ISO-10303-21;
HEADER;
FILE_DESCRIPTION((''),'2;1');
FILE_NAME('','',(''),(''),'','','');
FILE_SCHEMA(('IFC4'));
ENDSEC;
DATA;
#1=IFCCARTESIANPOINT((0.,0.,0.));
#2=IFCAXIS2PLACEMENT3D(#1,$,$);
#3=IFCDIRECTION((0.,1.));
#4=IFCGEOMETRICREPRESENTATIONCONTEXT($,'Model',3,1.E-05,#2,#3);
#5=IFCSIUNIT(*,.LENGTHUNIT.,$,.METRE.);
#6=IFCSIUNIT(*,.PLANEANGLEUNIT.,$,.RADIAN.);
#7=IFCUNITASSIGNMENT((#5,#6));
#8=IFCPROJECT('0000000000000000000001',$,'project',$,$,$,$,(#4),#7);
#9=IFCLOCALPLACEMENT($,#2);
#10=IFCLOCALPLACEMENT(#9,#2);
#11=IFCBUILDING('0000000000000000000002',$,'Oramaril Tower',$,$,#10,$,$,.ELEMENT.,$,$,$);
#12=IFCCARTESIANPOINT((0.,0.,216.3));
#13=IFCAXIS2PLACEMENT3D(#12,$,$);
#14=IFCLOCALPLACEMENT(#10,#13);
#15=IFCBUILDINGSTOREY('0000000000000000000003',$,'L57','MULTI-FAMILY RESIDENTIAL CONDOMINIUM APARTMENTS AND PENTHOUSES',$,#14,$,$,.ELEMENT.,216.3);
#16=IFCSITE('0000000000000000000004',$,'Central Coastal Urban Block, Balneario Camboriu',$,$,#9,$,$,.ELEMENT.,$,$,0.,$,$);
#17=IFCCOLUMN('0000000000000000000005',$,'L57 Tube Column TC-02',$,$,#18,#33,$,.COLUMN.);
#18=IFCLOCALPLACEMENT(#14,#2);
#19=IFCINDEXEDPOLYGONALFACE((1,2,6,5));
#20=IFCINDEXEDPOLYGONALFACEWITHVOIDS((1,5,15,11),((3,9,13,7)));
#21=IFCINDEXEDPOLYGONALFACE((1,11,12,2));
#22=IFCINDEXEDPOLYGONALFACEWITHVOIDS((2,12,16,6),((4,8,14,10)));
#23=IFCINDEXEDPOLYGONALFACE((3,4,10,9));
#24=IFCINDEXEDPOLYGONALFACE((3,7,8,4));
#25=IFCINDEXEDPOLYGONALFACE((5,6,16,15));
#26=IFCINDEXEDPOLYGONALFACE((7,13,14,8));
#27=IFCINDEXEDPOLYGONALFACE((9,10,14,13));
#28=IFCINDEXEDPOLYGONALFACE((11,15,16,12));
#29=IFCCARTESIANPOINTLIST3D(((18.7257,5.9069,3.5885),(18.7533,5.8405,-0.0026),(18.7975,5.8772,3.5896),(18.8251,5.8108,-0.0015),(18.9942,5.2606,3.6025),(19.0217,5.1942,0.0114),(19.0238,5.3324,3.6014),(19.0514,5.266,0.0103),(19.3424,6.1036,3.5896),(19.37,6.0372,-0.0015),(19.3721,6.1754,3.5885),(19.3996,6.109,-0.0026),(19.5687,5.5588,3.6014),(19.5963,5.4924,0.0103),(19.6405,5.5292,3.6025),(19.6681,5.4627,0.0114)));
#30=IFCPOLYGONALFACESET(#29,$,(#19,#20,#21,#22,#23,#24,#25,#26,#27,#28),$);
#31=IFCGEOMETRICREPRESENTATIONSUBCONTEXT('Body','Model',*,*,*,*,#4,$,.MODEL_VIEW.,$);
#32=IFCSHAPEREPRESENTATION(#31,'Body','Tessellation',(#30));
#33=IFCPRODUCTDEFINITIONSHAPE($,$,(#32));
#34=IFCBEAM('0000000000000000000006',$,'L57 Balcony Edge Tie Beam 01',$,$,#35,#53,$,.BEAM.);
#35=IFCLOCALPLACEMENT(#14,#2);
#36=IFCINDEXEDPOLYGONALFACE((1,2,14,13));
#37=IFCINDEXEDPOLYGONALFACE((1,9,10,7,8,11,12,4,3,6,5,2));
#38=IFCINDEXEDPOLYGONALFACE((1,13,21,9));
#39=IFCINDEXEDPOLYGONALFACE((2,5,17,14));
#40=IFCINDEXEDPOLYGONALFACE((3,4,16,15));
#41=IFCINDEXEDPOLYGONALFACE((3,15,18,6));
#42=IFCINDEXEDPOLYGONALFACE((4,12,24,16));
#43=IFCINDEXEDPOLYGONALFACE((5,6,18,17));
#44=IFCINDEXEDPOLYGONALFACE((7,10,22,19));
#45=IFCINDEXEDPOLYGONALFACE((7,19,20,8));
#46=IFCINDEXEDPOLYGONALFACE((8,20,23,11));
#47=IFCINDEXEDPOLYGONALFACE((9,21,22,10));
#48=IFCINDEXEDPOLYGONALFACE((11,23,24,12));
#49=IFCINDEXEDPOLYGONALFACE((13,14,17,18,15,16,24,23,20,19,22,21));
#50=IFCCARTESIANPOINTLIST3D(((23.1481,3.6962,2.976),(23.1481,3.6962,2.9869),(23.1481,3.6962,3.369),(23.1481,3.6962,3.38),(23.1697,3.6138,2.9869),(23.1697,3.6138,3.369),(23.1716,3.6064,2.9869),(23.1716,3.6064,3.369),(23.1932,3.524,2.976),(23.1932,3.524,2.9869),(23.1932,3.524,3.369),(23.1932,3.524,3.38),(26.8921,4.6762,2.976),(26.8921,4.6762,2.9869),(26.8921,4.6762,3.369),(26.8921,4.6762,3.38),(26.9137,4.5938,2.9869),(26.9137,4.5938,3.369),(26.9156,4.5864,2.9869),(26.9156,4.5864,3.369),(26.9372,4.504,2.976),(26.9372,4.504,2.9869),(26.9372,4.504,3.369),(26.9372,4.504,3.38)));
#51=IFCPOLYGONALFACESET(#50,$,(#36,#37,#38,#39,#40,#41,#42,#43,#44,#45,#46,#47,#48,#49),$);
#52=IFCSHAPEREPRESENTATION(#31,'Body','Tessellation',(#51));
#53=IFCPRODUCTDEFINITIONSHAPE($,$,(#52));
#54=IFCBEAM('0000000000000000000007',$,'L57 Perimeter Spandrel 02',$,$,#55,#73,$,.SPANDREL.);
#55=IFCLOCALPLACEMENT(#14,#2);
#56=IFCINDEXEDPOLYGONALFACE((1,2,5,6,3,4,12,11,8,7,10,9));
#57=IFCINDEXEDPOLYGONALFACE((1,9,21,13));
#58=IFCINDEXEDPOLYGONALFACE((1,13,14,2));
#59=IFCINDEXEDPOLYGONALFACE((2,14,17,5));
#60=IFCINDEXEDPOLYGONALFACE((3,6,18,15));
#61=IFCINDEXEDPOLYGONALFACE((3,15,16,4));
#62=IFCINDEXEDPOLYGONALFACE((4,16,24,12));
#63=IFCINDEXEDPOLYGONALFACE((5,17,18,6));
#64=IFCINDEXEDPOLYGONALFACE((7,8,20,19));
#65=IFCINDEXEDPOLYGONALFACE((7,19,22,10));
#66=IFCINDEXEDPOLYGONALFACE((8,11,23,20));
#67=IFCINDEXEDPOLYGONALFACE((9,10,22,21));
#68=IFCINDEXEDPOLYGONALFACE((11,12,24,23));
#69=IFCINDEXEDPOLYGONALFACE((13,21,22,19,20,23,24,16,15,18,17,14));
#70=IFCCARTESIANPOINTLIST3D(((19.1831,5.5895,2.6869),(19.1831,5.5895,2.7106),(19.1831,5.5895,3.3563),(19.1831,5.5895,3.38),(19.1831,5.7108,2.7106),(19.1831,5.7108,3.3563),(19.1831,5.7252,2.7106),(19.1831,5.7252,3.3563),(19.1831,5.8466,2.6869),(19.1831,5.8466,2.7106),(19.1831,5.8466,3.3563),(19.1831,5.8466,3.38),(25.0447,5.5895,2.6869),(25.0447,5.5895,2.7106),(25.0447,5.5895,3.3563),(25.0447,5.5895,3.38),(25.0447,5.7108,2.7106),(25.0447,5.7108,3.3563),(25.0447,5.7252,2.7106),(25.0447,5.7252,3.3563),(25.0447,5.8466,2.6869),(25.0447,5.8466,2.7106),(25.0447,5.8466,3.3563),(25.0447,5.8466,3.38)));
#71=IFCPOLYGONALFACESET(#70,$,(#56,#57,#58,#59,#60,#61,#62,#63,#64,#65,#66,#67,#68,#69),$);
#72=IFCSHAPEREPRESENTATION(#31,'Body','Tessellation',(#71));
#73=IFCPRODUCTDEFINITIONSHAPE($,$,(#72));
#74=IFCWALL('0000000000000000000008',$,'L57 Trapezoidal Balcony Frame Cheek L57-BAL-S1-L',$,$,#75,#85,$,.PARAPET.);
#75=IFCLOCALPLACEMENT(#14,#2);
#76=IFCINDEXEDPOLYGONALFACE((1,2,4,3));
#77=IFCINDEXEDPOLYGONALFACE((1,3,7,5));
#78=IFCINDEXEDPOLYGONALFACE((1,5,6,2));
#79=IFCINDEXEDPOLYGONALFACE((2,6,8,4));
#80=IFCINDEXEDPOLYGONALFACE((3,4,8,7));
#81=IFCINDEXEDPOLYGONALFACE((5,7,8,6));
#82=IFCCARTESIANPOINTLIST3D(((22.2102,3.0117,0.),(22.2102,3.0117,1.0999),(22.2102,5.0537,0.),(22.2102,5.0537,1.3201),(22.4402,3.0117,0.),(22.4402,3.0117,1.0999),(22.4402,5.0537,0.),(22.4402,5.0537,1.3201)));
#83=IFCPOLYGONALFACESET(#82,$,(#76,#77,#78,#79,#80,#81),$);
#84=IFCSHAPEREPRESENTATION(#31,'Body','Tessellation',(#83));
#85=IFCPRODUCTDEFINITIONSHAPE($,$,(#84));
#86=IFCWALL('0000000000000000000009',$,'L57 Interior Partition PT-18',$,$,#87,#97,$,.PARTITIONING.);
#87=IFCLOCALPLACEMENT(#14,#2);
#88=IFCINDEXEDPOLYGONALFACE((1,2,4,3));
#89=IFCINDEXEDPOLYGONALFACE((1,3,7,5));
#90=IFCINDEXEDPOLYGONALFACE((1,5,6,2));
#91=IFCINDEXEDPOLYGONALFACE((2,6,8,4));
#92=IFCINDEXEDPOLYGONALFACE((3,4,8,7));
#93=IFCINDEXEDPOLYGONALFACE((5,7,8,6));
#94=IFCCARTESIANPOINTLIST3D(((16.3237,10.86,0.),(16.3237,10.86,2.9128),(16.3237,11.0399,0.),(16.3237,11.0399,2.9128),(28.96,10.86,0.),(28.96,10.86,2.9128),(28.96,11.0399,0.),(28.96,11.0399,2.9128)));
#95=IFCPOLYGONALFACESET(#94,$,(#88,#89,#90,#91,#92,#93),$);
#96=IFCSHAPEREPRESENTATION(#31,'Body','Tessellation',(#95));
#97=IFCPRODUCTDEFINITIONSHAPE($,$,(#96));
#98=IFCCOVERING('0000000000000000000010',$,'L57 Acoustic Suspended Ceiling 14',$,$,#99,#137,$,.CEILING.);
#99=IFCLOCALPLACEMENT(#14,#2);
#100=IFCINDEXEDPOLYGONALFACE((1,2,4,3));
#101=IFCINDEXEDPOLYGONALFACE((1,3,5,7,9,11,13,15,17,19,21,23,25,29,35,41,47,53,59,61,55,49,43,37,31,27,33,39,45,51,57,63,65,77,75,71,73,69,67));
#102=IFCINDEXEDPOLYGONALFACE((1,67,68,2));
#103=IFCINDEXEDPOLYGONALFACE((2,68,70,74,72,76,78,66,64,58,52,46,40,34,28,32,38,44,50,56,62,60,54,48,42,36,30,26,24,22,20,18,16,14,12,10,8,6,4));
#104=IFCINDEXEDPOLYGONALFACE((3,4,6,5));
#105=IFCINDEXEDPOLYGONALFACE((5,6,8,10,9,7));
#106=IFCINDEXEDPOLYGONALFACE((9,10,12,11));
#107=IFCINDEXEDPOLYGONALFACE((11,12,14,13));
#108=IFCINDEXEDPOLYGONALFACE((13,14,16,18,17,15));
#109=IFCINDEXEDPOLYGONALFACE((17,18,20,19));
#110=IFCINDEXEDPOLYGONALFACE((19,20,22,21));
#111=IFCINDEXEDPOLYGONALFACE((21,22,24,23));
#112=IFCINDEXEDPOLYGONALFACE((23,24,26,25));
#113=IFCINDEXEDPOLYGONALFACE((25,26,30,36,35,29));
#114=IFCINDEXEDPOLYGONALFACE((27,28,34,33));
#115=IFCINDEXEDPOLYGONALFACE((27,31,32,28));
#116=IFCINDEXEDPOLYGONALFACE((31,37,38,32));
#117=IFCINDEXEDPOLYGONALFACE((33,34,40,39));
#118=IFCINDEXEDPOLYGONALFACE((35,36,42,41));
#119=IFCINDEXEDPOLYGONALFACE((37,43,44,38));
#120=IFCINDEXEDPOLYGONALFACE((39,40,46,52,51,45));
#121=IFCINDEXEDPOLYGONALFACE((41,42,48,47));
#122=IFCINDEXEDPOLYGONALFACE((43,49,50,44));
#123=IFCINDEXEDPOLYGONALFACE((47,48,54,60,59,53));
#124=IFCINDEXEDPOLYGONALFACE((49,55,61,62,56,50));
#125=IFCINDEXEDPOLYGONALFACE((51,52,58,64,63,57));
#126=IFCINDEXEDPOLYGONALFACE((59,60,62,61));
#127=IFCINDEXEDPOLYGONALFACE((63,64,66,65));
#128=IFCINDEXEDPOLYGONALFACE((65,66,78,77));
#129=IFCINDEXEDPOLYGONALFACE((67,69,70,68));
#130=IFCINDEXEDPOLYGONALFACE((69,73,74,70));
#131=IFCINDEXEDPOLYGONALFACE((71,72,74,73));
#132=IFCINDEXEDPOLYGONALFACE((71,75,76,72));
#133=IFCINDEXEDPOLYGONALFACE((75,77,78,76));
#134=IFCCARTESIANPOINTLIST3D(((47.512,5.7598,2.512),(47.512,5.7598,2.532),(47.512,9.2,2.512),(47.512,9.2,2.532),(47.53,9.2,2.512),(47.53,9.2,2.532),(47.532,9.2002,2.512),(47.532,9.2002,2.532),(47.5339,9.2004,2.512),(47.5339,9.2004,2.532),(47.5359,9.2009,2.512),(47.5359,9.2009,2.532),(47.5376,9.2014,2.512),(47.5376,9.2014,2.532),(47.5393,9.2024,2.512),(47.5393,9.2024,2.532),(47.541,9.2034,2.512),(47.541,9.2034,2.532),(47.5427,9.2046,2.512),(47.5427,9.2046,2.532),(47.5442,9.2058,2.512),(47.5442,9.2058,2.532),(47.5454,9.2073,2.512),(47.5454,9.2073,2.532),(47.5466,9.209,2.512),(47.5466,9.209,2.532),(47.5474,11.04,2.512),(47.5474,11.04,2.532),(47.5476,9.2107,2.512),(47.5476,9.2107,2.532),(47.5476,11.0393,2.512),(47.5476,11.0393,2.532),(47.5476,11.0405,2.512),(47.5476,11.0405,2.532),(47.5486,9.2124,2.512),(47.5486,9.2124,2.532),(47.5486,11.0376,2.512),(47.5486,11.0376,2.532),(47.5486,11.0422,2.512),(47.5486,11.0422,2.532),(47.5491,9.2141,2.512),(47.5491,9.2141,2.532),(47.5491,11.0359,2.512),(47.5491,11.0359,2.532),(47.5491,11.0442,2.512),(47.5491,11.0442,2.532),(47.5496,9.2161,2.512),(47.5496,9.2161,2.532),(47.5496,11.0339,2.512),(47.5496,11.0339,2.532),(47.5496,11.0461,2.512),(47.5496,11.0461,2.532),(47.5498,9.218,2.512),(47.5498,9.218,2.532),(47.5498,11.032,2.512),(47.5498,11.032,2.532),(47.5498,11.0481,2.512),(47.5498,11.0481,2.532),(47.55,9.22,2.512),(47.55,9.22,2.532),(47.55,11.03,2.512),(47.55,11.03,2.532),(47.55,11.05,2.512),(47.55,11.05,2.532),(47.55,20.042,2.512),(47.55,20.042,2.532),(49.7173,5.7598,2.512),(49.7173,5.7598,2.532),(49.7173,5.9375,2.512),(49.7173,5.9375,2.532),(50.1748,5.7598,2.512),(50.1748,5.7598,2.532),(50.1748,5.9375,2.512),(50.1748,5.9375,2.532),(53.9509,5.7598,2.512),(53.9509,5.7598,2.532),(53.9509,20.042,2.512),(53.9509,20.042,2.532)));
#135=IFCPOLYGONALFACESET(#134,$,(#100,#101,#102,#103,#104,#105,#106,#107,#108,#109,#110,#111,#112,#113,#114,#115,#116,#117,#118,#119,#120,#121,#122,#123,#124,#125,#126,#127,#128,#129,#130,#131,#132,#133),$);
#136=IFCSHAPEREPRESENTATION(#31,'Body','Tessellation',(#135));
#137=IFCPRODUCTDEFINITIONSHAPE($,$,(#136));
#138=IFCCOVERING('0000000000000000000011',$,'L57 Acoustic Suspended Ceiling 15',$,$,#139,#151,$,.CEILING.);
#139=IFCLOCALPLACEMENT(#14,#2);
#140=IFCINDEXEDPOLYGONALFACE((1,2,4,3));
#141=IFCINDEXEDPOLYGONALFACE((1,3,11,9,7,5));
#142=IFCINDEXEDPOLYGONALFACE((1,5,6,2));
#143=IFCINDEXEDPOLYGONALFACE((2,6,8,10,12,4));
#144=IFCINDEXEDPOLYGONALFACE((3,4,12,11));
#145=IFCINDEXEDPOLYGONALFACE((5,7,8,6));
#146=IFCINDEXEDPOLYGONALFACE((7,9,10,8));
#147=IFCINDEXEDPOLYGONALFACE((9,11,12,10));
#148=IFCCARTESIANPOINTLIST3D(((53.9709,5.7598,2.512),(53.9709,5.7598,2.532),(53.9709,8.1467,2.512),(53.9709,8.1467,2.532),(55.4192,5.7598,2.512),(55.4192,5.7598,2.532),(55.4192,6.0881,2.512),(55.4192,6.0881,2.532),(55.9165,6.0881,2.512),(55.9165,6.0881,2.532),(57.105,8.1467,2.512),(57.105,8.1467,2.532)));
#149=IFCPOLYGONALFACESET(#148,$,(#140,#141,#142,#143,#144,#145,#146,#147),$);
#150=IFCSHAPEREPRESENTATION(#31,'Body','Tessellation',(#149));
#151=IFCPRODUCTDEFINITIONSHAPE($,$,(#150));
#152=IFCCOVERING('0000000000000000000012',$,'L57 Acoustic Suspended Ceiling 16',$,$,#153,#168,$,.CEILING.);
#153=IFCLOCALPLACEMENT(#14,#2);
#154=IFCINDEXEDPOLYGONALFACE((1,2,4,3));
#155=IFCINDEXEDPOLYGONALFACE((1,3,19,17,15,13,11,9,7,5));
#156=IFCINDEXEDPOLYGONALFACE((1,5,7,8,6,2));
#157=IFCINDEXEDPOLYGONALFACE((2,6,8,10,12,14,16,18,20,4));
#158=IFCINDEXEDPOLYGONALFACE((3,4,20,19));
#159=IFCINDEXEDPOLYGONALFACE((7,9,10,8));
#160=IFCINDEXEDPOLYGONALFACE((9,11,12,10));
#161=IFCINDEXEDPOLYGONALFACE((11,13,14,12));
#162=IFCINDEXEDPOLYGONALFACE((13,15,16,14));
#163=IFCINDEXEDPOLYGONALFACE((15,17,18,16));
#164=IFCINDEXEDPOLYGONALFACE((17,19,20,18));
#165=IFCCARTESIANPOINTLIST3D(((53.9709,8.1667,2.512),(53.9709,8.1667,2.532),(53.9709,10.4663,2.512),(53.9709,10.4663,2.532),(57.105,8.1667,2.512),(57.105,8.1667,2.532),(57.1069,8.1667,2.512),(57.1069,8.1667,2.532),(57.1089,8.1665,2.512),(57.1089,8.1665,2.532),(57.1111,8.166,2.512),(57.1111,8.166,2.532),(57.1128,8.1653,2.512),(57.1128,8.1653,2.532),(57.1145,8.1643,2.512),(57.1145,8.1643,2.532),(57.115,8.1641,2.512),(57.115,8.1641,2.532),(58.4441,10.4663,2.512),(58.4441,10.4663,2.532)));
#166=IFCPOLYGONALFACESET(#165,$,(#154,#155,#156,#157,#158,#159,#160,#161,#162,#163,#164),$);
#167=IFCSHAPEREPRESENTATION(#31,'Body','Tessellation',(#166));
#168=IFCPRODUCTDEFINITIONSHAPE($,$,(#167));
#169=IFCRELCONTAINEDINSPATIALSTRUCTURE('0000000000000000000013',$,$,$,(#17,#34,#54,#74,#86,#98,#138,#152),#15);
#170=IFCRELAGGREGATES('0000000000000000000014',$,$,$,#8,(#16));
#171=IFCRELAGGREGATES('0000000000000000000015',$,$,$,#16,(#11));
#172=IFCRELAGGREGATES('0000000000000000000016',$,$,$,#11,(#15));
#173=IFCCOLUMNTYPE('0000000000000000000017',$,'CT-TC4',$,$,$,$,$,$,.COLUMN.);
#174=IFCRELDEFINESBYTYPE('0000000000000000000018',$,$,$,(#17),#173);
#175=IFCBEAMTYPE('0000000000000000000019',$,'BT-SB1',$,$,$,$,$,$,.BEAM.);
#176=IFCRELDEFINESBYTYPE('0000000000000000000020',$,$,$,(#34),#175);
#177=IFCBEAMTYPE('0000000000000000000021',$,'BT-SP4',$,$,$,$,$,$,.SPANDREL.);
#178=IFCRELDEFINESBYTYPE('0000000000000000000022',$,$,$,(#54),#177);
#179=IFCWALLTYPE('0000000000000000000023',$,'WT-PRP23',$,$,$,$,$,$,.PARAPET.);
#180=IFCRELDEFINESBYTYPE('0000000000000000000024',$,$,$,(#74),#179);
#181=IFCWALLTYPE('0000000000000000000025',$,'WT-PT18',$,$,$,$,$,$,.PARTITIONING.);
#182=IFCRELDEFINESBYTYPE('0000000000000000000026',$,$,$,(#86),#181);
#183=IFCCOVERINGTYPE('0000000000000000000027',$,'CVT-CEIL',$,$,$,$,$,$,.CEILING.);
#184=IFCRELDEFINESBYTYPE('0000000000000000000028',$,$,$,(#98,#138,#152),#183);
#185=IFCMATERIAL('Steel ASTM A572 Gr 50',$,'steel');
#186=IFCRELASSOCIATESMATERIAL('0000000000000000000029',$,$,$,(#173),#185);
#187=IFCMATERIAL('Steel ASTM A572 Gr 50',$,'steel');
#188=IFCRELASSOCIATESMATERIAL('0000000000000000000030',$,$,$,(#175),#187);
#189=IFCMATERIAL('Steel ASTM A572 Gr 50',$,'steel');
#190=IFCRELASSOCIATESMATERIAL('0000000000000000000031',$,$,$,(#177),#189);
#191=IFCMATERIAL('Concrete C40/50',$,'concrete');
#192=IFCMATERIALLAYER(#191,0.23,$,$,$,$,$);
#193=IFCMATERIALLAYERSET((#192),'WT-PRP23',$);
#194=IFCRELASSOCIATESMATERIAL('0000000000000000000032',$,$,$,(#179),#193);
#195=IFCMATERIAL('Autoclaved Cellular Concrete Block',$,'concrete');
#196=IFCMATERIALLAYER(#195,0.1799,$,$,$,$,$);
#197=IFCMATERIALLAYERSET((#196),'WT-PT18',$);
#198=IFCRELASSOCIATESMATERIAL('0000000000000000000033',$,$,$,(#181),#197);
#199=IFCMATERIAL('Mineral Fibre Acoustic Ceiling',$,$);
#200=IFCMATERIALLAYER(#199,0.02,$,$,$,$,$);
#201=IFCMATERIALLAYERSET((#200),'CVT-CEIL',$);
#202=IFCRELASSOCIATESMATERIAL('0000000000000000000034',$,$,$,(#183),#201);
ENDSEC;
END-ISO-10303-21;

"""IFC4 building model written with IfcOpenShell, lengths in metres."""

from ifc_helpers import new_model, si_unit, direction, frame, frame_2d, origin, origin_2d, place, context, subcontext, project, spatial, polyline, rectangle, hollow_rectangle, i_section, outline, extrude, material, layer, layer_set, material_profile, profile_set, type_object, element, save


model = new_model("IFC4")

# Units and contexts
model_context = context("Model", 3, precision=1e-05, world=origin(), true_north=direction((0.0, 1.0)))
body_context = subcontext(model_context, "Body", "Model", "MODEL_VIEW")
ifc_project = project(units=[si_unit("LENGTHUNIT", "METRE"), si_unit("PLANEANGLEUNIT", "RADIAN")], contexts=[model_context])

# Site, building, storey
site_placement = place(None, origin())
site = spatial("IfcSite", under=ifc_project, at=site_placement, Name="Central Coastal Urban Block, Balneario Camboriu", CompositionType="ELEMENT", RefElevation=0.0)
building_placement = place(site_placement, origin())
building = spatial("IfcBuilding", under=site, at=building_placement, Name="Oramaril Tower", CompositionType="ELEMENT")
storey_placement = place(building_placement, frame((0.0, 0.0, 216.3)))
storey = spatial("IfcBuildingStorey", under=building, at=storey_placement, Name="L57", Description="MULTI-FAMILY RESIDENTIAL CONDOMINIUM APARTMENTS AND PENTHOUSES", CompositionType="ELEMENT", Elevation=216.3)

# Column
ifc_material_1 = material(Name="Steel ASTM A572 Gr 50", Category="steel")
ifc_material_profile_1 = material_profile(ifc_material_1, hollow_rectangle(XDim=0.7, YDim=0.7, WallThickness=0.0549, at=origin_2d()), Name="BOX700X700X55")
ifc_profile_set_1 = profile_set([ifc_material_profile_1], Name="Steel ASTM A572 Gr 50")
column_type = type_object("IfcColumnType", Name="CT-TC4", PredefinedType="COLUMN", material=ifc_profile_set_1)
column_placement = place(storey_placement, frame((19.2107, 5.6516, 0.0044), z_axis=(-0.007681, 0.018488, 0.9998), x_axis=(-0.923478, -0.383651, 0.0)))
element("IfcColumn", 1, at=column_placement, inside=storey, type_object=column_type, Name="L57 Tube Column TC-02", PredefinedType="COLUMN", context=body_context, shape_type="SweptSolid", body=[
    extrude(hollow_rectangle(XDim=0.7, YDim=0.7, WallThickness=0.0549, at=origin_2d()), origin(), (0.0, 0.0, 1.0), 3.5918),
])

# Beams
ifc_material_2 = material(Name="Steel ASTM A572 Gr 50", Category="steel")
ifc_material_profile_2 = material_profile(ifc_material_2, i_section(OverallWidth=0.178, OverallDepth=0.4041, WebThickness=0.0076, FlangeThickness=0.011, at=origin_2d()), Name="W16X36")
ifc_profile_set_2 = profile_set([ifc_material_profile_2], Name="Steel ASTM A572 Gr 50")
beam_type_1 = type_object("IfcBeamType", Name="BT-SB1", PredefinedType="BEAM", material=ifc_profile_set_2)
beam_1_placement = place(storey_placement, frame((23.1707, 3.6101, 3.178), z_axis=(0.967408, 0.253223, 0.0), x_axis=(-0.253223, 0.967408, 0.0)))
element("IfcBeam", 2, at=beam_1_placement, inside=storey, type_object=beam_type_1, Name="L57 Balcony Edge Tie Beam 01", PredefinedType="BEAM", context=body_context, shape_type="SweptSolid", body=[
    extrude(i_section(OverallWidth=0.178, OverallDepth=0.4041, WebThickness=0.0076, FlangeThickness=0.011, at=origin_2d()), origin(), (0.0, 0.0, 1.0), 3.8701),
])
ifc_material_3 = material(Name="Steel ASTM A572 Gr 50", Category="steel")
ifc_material_profile_3 = material_profile(ifc_material_3, i_section(OverallWidth=0.2571, OverallDepth=0.6931, WebThickness=0.0144, FlangeThickness=0.0237, at=origin_2d()), Name="W27X114")
ifc_profile_set_3 = profile_set([ifc_material_profile_3], Name="Steel ASTM A572 Gr 50")
beam_type_2 = type_object("IfcBeamType", Name="BT-SP4", PredefinedType="SPANDREL", material=ifc_profile_set_3)
beam_2_placement = place(storey_placement, frame((19.1831, 5.718, 3.0334), z_axis=(1.0, 0.0, 0.0), x_axis=(0.0, 1.0, 0.0)))
element("IfcBeam", 3, at=beam_2_placement, inside=storey, type_object=beam_type_2, Name="L57 Perimeter Spandrel 02", PredefinedType="SPANDREL", context=body_context, shape_type="SweptSolid", body=[
    extrude(i_section(OverallWidth=0.2571, OverallDepth=0.6931, WebThickness=0.0144, FlangeThickness=0.0237, at=origin_2d()), origin(), (0.0, 0.0, 1.0), 5.8616),
])

# Walls
ifc_material_4 = material(Name="Concrete C40/50", Category="concrete")
ifc_layer_1 = layer(ifc_material_4, 0.23)
ifc_layer_set_1 = layer_set([ifc_layer_1], Name="WT-PRP23")
wall_type_1 = type_object("IfcWallType", Name="WT-PRP23", PredefinedType="PARAPET", material=ifc_layer_set_1)
wall_1_placement = place(storey_placement, frame((22.3252, 5.0537, 0.0), z_axis=(0.0, 0.0, 1.0), x_axis=(0.0, -1.0, 0.0)))
element("IfcWall", 4, at=wall_1_placement, inside=storey, type_object=wall_type_1, Name="L57 Trapezoidal Balcony Frame Cheek L57-BAL-S1-L", PredefinedType="PARAPET", context=body_context, shape_type="SweptSolid", body=[
    extrude(outline(polyline([(0.0, 0.0), (2.042, 0.0), (2.042, 1.0999), (0.0, 1.3201), (0.0, 0.0)])), frame((0.0, 0.115, 0.0), z_axis=(0.0, -1.0, 0.0), x_axis=(1.0, 0.0, 0.0)), (0.0, 0.0, 1.0), 0.23),
])
ifc_material_5 = material(Name="Autoclaved Cellular Concrete Block", Category="concrete")
ifc_layer_2 = layer(ifc_material_5, 0.1799)
ifc_layer_set_2 = layer_set([ifc_layer_2], Name="WT-PT18")
wall_type_2 = type_object("IfcWallType", Name="WT-PT18", PredefinedType="PARTITIONING", material=ifc_layer_set_2)
wall_2_placement = place(storey_placement, frame((16.3237, 10.95, 0.0), z_axis=(0.0, 0.0, 1.0), x_axis=(1.0, 0.0, 0.0)))
element("IfcWall", 5, at=wall_2_placement, inside=storey, type_object=wall_type_2, Name="L57 Interior Partition PT-18", PredefinedType="PARTITIONING", context=body_context, shape_type="SweptSolid", body=[
    extrude(rectangle(XDim=12.6362, YDim=0.1799, at=frame_2d((6.3181, 0.0))), origin(), (0.0, 0.0, 1.0), 2.9128),
])

# Coverings
ifc_material_6 = material(Name="Mineral Fibre Acoustic Ceiling")
ifc_layer_3 = layer(ifc_material_6, 0.02)
ifc_layer_set_3 = layer_set([ifc_layer_3], Name="CVT-CEIL")
covering_type_1 = type_object("IfcCoveringType", Name="CVT-CEIL", PredefinedType="CEILING", material=ifc_layer_set_3)
covering_1_placement = place(storey_placement, frame((0.0, 0.0, 2.512)))
element("IfcCovering", 6, at=covering_1_placement, inside=storey, type_object=covering_type_1, Name="L57 Acoustic Suspended Ceiling 14", PredefinedType="CEILING", context=body_context, shape_type="SweptSolid", body=[
    extrude(outline(polyline([(53.9509, 20.042), (53.9509, 5.7598), (50.1748, 5.7598), (50.1748, 5.9375), (49.7173, 5.9375), (49.7173, 5.7598), (47.512, 5.7598), (47.512, 9.2), (47.53, 9.2), (47.532, 9.2002), (47.5339, 9.2004), (47.5359, 9.2009), (47.5376, 9.2014), (47.5393, 9.2024), (47.541, 9.2034), (47.5427, 9.2046), (47.5442, 9.2058), (47.5454, 9.2073), (47.5466, 9.209), (47.5476, 9.2107), (47.5486, 9.2124), (47.5491, 9.2141), (47.5496, 9.2161), (47.5498, 9.218), (47.55, 9.22), (47.55, 11.03), (47.5498, 11.032), (47.5496, 11.0339), (47.5491, 11.0359), (47.5486, 11.0376), (47.5476, 11.0393), (47.5474, 11.04), (47.5476, 11.0405), (47.5486, 11.0422), (47.5491, 11.0442), (47.5496, 11.0461), (47.5498, 11.0481), (47.55, 11.05), (47.55, 20.042), (53.9509, 20.042)])), origin(), (0.0, 0.0, 1.0), 0.02),
])
covering_2_placement = place(storey_placement, frame((0.0, 0.0, 2.512)))
element("IfcCovering", 7, at=covering_2_placement, inside=storey, type_object=covering_type_1, Name="L57 Acoustic Suspended Ceiling 15", PredefinedType="CEILING", context=body_context, shape_type="SweptSolid", body=[
    extrude(outline(polyline([(55.9165, 6.0881), (55.4192, 6.0881), (55.4192, 5.7598), (53.9709, 5.7598), (53.9709, 8.1467), (57.105, 8.1467), (55.9165, 6.0881)])), origin(), (0.0, 0.0, 1.0), 0.02),
])
covering_3_placement = place(storey_placement, frame((0.0, 0.0, 2.512)))
element("IfcCovering", 8, at=covering_3_placement, inside=storey, type_object=covering_type_1, Name="L57 Acoustic Suspended Ceiling 16", PredefinedType="CEILING", context=body_context, shape_type="SweptSolid", body=[
    extrude(outline(polyline([(57.115, 8.1641), (57.1145, 8.1643), (57.1128, 8.1653), (57.1111, 8.166), (57.1089, 8.1665), (57.1069, 8.1667), (57.105, 8.1667), (53.9709, 8.1667), (53.9709, 10.4663), (58.4441, 10.4663), (57.115, 8.1641)])), origin(), (0.0, 0.0, 1.0), 0.02),
])

save(model, "model.ifc")
